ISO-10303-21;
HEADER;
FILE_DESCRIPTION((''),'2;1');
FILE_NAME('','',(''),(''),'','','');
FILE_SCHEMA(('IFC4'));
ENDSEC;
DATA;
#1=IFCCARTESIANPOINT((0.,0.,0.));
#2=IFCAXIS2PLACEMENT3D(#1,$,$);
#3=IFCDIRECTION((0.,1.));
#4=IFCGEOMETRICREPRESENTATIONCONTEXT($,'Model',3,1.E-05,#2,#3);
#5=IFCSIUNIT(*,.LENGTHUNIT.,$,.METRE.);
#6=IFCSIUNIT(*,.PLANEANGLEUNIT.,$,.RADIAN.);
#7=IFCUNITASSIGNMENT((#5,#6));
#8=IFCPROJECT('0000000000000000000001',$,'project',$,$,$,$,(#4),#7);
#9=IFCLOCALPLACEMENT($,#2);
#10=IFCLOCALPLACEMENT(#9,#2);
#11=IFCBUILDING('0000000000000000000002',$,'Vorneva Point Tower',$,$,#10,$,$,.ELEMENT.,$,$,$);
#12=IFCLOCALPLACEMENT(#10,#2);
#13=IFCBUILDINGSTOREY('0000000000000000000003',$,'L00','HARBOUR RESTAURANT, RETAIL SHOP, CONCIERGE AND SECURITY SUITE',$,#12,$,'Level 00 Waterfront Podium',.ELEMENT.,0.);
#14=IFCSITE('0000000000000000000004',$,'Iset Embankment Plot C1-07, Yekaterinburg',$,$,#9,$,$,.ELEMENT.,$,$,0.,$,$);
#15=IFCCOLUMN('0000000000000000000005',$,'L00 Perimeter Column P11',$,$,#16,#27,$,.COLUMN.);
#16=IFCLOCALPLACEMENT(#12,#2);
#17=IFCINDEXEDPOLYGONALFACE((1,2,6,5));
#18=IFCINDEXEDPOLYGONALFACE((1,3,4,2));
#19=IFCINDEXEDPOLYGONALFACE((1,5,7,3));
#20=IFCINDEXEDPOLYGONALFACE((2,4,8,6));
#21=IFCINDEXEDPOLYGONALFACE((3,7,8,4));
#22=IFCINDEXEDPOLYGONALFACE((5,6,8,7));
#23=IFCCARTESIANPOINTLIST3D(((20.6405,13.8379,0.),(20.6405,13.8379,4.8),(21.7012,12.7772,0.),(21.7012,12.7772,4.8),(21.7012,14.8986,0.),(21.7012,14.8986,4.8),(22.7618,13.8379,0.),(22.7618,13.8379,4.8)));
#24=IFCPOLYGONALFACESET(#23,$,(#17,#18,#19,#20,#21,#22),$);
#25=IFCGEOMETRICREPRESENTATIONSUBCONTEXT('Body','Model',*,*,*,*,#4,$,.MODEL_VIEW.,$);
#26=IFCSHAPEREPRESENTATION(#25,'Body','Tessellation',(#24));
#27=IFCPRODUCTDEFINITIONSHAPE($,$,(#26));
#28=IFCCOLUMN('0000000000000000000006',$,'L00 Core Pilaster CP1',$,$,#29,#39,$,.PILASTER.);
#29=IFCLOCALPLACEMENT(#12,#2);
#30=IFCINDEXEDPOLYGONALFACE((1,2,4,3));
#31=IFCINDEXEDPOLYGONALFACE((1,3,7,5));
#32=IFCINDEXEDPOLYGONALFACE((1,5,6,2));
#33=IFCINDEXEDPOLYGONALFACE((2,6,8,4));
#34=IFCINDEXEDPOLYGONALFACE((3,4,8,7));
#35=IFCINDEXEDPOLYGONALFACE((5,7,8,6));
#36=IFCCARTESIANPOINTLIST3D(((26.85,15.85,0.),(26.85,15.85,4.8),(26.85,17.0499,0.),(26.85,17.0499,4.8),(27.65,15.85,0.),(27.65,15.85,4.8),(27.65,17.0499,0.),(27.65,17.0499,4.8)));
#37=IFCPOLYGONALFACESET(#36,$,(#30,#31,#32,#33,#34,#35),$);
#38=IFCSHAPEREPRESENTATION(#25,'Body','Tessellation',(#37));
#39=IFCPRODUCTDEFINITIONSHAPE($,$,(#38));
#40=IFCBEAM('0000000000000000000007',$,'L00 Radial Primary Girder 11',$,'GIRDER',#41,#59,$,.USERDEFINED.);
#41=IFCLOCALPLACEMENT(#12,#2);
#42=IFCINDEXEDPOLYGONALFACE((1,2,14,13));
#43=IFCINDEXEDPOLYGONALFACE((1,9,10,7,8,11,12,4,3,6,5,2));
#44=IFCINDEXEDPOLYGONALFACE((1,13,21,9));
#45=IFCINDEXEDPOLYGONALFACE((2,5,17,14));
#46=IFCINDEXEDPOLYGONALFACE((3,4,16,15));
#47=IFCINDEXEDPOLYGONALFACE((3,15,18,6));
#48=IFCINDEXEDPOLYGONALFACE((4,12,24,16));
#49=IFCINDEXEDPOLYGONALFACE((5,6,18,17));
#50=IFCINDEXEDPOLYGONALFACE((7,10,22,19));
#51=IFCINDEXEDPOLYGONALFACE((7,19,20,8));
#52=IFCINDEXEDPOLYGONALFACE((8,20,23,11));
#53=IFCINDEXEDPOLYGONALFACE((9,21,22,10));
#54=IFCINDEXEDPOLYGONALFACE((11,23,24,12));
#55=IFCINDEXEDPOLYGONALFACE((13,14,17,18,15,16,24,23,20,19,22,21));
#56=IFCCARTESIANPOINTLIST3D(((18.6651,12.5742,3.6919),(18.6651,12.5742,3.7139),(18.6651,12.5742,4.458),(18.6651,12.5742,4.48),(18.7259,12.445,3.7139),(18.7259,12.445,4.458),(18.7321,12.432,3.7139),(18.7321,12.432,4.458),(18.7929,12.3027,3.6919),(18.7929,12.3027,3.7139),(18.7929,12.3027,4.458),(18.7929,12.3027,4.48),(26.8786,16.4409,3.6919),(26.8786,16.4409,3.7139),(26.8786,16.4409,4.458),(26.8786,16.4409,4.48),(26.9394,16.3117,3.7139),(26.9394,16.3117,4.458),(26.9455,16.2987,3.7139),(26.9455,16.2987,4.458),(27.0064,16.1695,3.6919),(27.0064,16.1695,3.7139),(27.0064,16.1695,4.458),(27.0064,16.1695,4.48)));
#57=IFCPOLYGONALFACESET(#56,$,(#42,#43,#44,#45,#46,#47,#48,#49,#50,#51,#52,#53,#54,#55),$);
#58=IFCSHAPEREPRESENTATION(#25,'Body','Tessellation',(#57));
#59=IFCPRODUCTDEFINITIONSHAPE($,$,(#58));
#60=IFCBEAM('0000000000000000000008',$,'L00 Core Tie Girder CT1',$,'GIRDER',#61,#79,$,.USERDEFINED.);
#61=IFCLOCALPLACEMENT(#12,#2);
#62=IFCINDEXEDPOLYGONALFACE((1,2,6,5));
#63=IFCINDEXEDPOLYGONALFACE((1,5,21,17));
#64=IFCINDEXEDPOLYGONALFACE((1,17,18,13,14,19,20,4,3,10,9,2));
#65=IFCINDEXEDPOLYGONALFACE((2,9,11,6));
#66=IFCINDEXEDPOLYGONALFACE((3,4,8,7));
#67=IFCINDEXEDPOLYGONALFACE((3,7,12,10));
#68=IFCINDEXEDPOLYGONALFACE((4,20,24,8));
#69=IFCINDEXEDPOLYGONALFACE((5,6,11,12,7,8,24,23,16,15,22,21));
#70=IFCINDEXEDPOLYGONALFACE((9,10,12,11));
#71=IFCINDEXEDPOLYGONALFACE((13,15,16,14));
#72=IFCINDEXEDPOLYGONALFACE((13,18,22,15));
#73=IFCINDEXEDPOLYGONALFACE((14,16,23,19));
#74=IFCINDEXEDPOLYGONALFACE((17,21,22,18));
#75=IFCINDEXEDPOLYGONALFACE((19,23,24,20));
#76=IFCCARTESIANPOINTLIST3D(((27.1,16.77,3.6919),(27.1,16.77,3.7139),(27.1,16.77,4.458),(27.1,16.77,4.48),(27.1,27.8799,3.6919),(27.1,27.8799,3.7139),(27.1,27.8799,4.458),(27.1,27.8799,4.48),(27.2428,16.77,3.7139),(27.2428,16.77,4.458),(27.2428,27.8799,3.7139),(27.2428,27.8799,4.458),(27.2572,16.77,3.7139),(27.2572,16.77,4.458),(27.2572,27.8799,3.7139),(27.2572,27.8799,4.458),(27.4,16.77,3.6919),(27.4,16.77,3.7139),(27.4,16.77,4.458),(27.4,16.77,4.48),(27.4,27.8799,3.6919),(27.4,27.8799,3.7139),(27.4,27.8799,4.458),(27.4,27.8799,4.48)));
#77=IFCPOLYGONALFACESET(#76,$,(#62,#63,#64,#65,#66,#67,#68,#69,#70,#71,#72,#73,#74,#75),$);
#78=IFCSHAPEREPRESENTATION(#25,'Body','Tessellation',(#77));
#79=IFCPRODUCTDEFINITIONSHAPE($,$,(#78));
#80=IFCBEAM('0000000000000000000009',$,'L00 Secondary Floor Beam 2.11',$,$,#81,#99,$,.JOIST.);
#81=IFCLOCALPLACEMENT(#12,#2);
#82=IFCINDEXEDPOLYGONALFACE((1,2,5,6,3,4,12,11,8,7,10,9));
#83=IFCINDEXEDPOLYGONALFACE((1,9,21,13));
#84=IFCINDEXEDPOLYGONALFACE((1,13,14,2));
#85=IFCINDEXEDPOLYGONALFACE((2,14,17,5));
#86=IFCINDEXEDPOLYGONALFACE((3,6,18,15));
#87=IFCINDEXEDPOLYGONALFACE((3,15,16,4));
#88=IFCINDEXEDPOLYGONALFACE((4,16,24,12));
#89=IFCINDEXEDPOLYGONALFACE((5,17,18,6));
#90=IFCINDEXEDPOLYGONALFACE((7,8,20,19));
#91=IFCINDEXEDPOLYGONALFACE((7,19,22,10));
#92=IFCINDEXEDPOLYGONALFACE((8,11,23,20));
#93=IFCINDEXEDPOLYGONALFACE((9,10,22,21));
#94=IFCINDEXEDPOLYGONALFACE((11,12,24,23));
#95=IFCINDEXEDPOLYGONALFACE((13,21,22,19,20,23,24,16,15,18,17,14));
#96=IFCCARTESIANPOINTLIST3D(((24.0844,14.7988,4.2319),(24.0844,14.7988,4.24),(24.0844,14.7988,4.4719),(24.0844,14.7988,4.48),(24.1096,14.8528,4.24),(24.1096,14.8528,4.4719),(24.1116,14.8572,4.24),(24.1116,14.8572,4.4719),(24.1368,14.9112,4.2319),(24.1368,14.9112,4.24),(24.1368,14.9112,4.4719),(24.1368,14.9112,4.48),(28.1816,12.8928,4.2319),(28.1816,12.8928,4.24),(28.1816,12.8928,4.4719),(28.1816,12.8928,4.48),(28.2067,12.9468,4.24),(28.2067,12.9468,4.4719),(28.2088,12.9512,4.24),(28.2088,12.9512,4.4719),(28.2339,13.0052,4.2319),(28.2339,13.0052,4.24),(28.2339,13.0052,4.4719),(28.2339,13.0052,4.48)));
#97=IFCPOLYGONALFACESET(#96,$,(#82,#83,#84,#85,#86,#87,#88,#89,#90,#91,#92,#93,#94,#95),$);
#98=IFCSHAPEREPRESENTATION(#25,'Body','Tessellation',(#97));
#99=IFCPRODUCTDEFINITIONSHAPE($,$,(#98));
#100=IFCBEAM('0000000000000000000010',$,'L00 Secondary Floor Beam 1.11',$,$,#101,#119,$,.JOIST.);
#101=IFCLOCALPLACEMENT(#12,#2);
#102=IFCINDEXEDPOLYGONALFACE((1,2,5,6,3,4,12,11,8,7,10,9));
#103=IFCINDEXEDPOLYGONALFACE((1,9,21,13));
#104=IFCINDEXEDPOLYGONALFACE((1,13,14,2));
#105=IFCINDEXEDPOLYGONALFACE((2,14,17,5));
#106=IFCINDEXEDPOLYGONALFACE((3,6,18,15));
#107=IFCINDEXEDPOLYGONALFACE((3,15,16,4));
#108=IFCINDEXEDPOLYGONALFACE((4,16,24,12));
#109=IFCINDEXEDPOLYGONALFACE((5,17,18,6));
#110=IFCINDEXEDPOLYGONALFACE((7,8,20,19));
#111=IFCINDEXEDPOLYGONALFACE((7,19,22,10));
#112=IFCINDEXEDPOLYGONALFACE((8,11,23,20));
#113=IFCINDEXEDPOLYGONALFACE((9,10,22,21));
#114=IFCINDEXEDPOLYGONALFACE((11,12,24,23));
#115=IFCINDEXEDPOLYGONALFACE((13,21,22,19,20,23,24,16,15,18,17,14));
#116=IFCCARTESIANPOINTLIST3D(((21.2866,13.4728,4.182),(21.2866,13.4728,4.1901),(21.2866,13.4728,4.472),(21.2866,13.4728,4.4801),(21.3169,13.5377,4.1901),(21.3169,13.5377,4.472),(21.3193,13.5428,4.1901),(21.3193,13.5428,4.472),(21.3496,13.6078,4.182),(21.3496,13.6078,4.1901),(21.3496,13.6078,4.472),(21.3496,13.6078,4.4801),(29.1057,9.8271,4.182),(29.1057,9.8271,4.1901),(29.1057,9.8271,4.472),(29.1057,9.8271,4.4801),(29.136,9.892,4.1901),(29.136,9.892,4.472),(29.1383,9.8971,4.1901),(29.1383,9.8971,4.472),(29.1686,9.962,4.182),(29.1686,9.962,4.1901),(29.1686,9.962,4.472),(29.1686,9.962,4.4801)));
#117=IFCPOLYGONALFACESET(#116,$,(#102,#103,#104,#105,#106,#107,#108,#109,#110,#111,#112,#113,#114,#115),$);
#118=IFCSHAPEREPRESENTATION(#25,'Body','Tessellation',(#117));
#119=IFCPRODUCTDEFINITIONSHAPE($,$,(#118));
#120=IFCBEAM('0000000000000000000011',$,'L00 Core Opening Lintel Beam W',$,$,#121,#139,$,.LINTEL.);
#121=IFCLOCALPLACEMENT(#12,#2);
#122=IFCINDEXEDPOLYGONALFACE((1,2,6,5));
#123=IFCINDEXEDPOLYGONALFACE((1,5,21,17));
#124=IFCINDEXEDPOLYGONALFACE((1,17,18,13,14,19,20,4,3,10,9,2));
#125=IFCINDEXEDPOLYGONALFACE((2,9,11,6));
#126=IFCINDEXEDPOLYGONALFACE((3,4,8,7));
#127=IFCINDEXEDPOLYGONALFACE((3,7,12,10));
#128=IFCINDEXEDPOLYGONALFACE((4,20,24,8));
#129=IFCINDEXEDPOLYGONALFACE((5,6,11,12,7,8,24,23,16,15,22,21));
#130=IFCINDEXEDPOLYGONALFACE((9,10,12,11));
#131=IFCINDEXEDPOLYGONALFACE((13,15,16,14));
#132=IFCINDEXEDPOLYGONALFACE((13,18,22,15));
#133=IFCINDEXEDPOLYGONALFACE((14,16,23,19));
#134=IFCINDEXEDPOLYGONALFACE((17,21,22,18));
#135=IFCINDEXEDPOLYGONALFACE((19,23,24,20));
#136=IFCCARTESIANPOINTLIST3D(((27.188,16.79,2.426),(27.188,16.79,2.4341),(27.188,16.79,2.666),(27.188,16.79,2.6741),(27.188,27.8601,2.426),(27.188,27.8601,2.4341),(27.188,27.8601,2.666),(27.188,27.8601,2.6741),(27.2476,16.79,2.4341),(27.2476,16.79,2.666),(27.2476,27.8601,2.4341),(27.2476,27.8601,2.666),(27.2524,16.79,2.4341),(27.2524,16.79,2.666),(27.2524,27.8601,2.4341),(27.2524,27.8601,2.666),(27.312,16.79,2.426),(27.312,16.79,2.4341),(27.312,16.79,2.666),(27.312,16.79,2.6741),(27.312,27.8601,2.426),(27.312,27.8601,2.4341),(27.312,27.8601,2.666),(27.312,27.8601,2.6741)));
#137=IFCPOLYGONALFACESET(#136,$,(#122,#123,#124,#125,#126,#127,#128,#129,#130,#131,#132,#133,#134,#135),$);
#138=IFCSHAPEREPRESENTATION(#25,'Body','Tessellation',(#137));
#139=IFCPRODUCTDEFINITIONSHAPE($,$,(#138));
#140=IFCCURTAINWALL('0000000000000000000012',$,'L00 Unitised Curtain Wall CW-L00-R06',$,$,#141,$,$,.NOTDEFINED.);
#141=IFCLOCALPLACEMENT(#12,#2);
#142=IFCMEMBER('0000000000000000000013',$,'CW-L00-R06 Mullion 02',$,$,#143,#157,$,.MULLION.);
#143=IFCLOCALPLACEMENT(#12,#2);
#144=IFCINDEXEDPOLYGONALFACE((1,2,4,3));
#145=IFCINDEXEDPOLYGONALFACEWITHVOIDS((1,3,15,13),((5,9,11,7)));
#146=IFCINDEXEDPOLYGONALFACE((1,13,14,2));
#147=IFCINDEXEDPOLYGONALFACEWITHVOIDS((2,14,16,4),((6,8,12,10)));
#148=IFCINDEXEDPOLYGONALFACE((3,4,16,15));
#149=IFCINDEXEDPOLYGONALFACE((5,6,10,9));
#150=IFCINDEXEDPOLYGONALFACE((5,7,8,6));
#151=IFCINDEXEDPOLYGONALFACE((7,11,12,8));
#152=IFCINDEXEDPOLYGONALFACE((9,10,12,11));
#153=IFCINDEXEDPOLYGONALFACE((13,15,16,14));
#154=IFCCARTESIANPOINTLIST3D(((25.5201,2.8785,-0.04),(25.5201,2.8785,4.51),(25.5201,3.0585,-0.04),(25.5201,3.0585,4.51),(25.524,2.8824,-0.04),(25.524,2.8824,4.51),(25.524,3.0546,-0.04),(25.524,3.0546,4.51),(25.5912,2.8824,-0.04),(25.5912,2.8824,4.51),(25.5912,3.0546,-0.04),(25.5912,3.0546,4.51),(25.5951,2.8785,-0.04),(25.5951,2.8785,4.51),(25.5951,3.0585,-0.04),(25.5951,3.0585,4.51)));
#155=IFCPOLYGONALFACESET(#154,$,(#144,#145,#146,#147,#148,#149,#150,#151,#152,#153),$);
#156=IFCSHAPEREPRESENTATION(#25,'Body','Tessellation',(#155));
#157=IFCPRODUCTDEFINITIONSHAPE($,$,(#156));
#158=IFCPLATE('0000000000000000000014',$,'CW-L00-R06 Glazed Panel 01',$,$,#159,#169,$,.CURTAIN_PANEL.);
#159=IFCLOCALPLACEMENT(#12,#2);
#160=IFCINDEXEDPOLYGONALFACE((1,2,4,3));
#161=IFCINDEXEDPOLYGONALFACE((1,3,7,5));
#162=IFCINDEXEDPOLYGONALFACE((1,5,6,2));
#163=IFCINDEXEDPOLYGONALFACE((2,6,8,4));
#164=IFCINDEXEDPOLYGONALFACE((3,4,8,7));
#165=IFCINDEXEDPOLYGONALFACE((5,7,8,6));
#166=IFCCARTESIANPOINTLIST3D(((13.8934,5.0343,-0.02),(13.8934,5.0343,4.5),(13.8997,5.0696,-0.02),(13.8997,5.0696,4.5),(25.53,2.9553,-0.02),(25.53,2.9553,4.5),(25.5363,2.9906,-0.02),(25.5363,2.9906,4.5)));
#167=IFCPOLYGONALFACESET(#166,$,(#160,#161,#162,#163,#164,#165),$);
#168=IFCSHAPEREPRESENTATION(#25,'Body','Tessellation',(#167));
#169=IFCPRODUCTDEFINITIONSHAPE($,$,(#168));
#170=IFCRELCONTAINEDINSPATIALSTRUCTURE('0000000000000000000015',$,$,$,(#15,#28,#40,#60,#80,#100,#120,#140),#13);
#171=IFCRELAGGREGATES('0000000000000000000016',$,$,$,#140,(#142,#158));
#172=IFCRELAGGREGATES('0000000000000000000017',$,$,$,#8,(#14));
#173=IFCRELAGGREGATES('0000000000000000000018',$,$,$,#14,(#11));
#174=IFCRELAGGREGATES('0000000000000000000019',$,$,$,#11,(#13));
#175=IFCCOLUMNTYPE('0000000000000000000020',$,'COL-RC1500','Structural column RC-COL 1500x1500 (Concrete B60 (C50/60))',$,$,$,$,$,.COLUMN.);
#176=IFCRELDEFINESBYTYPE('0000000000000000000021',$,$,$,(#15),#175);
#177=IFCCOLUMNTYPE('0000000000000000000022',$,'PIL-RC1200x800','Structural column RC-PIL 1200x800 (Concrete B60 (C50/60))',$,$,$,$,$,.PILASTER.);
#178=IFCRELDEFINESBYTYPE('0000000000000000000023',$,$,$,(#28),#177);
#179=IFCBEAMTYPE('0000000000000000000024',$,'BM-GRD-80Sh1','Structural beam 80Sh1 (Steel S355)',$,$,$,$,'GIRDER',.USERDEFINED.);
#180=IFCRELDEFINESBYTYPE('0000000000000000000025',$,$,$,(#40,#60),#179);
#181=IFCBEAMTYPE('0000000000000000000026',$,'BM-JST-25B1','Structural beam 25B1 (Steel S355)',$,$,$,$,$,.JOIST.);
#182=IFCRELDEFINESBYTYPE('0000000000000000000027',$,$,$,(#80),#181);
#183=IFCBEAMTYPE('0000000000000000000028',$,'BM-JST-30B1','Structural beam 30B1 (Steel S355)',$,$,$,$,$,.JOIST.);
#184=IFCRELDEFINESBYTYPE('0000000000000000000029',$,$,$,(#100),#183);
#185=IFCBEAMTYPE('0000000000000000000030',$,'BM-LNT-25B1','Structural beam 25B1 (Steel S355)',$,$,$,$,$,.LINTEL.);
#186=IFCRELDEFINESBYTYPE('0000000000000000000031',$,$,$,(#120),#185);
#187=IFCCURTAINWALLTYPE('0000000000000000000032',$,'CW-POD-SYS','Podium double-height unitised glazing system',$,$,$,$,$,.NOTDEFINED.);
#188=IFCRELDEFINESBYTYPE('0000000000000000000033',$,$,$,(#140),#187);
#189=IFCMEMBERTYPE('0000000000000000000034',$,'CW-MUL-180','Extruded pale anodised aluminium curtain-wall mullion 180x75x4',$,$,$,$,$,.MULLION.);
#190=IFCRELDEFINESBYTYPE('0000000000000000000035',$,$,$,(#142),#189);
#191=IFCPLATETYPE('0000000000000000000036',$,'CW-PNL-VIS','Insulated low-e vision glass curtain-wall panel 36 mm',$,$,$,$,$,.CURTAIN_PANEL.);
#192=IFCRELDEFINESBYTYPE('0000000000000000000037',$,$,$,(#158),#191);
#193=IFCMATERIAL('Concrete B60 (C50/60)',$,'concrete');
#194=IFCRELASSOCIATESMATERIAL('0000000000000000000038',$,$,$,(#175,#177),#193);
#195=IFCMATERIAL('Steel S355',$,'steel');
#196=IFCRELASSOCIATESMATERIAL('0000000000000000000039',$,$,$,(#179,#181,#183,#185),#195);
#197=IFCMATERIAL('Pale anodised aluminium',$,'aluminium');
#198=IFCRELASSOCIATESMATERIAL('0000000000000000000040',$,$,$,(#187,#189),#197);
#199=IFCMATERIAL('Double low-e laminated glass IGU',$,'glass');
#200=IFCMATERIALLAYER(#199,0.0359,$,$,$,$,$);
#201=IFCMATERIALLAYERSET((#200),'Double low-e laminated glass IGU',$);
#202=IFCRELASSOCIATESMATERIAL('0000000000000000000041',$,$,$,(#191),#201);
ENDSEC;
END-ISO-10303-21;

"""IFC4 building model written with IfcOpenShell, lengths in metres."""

from ifc_helpers import new_model, si_unit, direction, frame, origin, origin_2d, place, context, subcontext, project, spatial, rectangle, hollow_rectangle, i_section, extrude, material, layer, layer_set, material_profile, profile_set, type_object, element, aggregate, save


model = new_model("IFC4")

# Units and contexts
model_context = context("Model", 3, precision=1e-05, world=origin(), true_north=direction((0.0, 1.0)))
body_context = subcontext(model_context, "Body", "Model", "MODEL_VIEW")
ifc_project = project(units=[si_unit("LENGTHUNIT", "METRE"), si_unit("PLANEANGLEUNIT", "RADIAN")], contexts=[model_context])

# Site, building, storey
site_placement = place(None, origin())
site = spatial("IfcSite", under=ifc_project, at=site_placement, Name="Iset Embankment Plot C1-07, Yekaterinburg", CompositionType="ELEMENT", RefElevation=0.0)
building_placement = place(site_placement, origin())
building = spatial("IfcBuilding", under=site, at=building_placement, Name="Vorneva Point Tower", CompositionType="ELEMENT")
storey_placement = place(building_placement, origin())
storey = spatial("IfcBuildingStorey", under=building, at=storey_placement, Name="L00", Description="HARBOUR RESTAURANT, RETAIL SHOP, CONCIERGE AND SECURITY SUITE", LongName="Level 00 Waterfront Podium", CompositionType="ELEMENT", Elevation=0.0)

# Columns
ifc_material_1 = material(Name="Concrete B60 (C50/60)", Category="concrete")
ifc_material_profile_1 = material_profile(ifc_material_1, rectangle(XDim=1.5, YDim=1.5, at=origin_2d()), Name="RC-COL 1500x1500")
ifc_profile_set_1 = profile_set([ifc_material_profile_1], Name="Concrete B60 (C50/60)")
column_type_1 = type_object("IfcColumnType", Name="COL-RC1500", Description="Structural column RC-COL 1500x1500 (Concrete B60 (C50/60))", PredefinedType="COLUMN", material=ifc_profile_set_1)
column_1_placement = place(storey_placement, frame((21.7012, 13.8379, 0.0), z_axis=(0.0, 0.0, 1.0), x_axis=(-0.707107, -0.707107, 0.0)))
element("IfcColumn", 1, at=column_1_placement, inside=storey, type_object=column_type_1, Name="L00 Perimeter Column P11", PredefinedType="COLUMN", context=body_context, shape_type="SweptSolid", body=[
    extrude(rectangle(XDim=1.5, YDim=1.5, at=origin_2d()), origin(), (0.0, 0.0, 1.0), 4.8),
])
ifc_material_profile_2 = material_profile(ifc_material_1, rectangle(XDim=0.8, YDim=1.2, at=origin_2d()), Name="RC-PIL 1200x800")
ifc_profile_set_2 = profile_set([ifc_material_profile_2], Name="Concrete B60 (C50/60)")
column_type_2 = type_object("IfcColumnType", Name="PIL-RC1200x800", Description="Structural column RC-PIL 1200x800 (Concrete B60 (C50/60))", PredefinedType="PILASTER", material=ifc_profile_set_2)
column_2_placement = place(storey_placement, frame((27.25, 16.45, 0.0), z_axis=(0.0, 0.0, 1.0), x_axis=(1.0, 0.0, 0.0)))
element("IfcColumn", 2, at=column_2_placement, inside=storey, type_object=column_type_2, Name="L00 Core Pilaster CP1", PredefinedType="PILASTER", context=body_context, shape_type="SweptSolid", body=[
    extrude(rectangle(XDim=0.8, YDim=1.2, at=origin_2d()), origin(), (0.0, 0.0, 1.0), 4.8),
])

# Beams
ifc_material_2 = material(Name="Steel S355", Category="steel")
ifc_material_profile_3 = material_profile(ifc_material_2, i_section(OverallWidth=0.3, OverallDepth=0.7881, WebThickness=0.0144, FlangeThickness=0.022, at=origin_2d()), Name="80Sh1")
ifc_profile_set_3 = profile_set([ifc_material_profile_3], Name="Steel S355")
beam_type_1 = type_object("IfcBeamType", Name="BM-GRD-80Sh1", Description="Structural beam 80Sh1 (Steel S355)", ElementType="GIRDER", PredefinedType="USERDEFINED", material=ifc_profile_set_3)
beam_1_placement = place(storey_placement, frame((18.729, 12.4385, 4.0859), z_axis=(0.904752, 0.425939, 0.0), x_axis=(-0.425939, 0.904752, 0.0)))
element("IfcBeam", 3, at=beam_1_placement, inside=storey, type_object=beam_type_1, Name="L00 Radial Primary Girder 11", ObjectType="GIRDER", PredefinedType="USERDEFINED", context=body_context, shape_type="SweptSolid", body=[
    extrude(i_section(OverallWidth=0.3, OverallDepth=0.7881, WebThickness=0.0144, FlangeThickness=0.022, at=origin_2d()), origin(), (0.0, 0.0, 1.0), 9.0781),
])
beam_2_placement = place(storey_placement, frame((27.25, 16.77, 4.0859), z_axis=(0.0, 1.0, 0.0), x_axis=(-1.0, 0.0, 0.0)))
element("IfcBeam", 4, at=beam_2_placement, inside=storey, type_object=beam_type_1, Name="L00 Core Tie Girder CT1", ObjectType="GIRDER", PredefinedType="USERDEFINED", context=body_context, shape_type="SweptSolid", body=[
    extrude(i_section(OverallWidth=0.3, OverallDepth=0.7881, WebThickness=0.0144, FlangeThickness=0.022, at=origin_2d()), origin(), (0.0, 0.0, 1.0), 11.1099),
])
ifc_material_profile_4 = material_profile(ifc_material_2, i_section(OverallWidth=0.124, OverallDepth=0.248, WebThickness=0.0049, FlangeThickness=0.0081, at=origin_2d()), Name="25B1")
ifc_profile_set_4 = profile_set([ifc_material_profile_4], Name="Steel S355")
beam_type_2 = type_object("IfcBeamType", Name="BM-JST-25B1", Description="Structural beam 25B1 (Steel S355)", PredefinedType="JOIST", material=ifc_profile_set_4)
beam_3_placement = place(storey_placement, frame((24.1106, 14.855, 4.356), z_axis=(0.906692, -0.421794, 0.0), x_axis=(0.421794, 0.906692, 0.0)))
element("IfcBeam", 5, at=beam_3_placement, inside=storey, type_object=beam_type_2, Name="L00 Secondary Floor Beam 2.11", PredefinedType="JOIST", context=body_context, shape_type="SweptSolid", body=[
    extrude(i_section(OverallWidth=0.124, OverallDepth=0.248, WebThickness=0.0049, FlangeThickness=0.0081, at=origin_2d()), origin(), (0.0, 0.0, 1.0), 4.5188),
])
ifc_material_profile_5 = material_profile(ifc_material_2, i_section(OverallWidth=0.1489, OverallDepth=0.2981, WebThickness=0.0056, FlangeThickness=0.0081, at=origin_2d()), Name="30B1")
ifc_profile_set_5 = profile_set([ifc_material_profile_5], Name="Steel S355")
beam_type_3 = type_object("IfcBeamType", Name="BM-JST-30B1", Description="Structural beam 30B1 (Steel S355)", PredefinedType="JOIST", material=ifc_profile_set_5)
beam_4_placement = place(storey_placement, frame((21.3181, 13.5403, 4.3311), z_axis=(0.906323, -0.422585, 0.0), x_axis=(0.422585, 0.906323, 0.0)))
element("IfcBeam", 6, at=beam_4_placement, inside=storey, type_object=beam_type_3, Name="L00 Secondary Floor Beam 1.11", PredefinedType="JOIST", context=body_context, shape_type="SweptSolid", body=[
    extrude(i_section(OverallWidth=0.1489, OverallDepth=0.2981, WebThickness=0.0056, FlangeThickness=0.0081, at=origin_2d()), origin(), (0.0, 0.0, 1.0), 8.6272),
])
ifc_material_profile_6 = material_profile(ifc_material_2, i_section(OverallWidth=0.124, OverallDepth=0.248, WebThickness=0.0049, FlangeThickness=0.0081, at=origin_2d()), Name="25B1")
ifc_profile_set_6 = profile_set([ifc_material_profile_6], Name="Steel S355")
beam_type_4 = type_object("IfcBeamType", Name="BM-LNT-25B1", Description="Structural beam 25B1 (Steel S355)", PredefinedType="LINTEL", material=ifc_profile_set_6)
beam_5_placement = place(storey_placement, frame((27.25, 16.79, 2.55), z_axis=(0.0, 1.0, 0.0), x_axis=(-1.0, 0.0, 0.0)))
element("IfcBeam", 7, at=beam_5_placement, inside=storey, type_object=beam_type_4, Name="L00 Core Opening Lintel Beam W", PredefinedType="LINTEL", context=body_context, shape_type="SweptSolid", body=[
    extrude(i_section(OverallWidth=0.124, OverallDepth=0.248, WebThickness=0.0049, FlangeThickness=0.0081, at=origin_2d()), origin(), (0.0, 0.0, 1.0), 11.0701),
])

# Curtain wall, member, plate
ifc_material_3 = material(Name="Pale anodised aluminium", Category="aluminium")
curtain_wall_type = type_object("IfcCurtainWallType", Name="CW-POD-SYS", Description="Podium double-height unitised glazing system", PredefinedType="NOTDEFINED", material=ifc_material_3)
curtain_wall_placement = place(storey_placement, origin())
curtain_wall = element("IfcCurtainWall", 8, at=curtain_wall_placement, inside=storey, type_object=curtain_wall_type, Name="L00 Unitised Curtain Wall CW-L00-R06", PredefinedType="NOTDEFINED")
ifc_material_profile_7 = material_profile(ifc_material_3, hollow_rectangle(XDim=0.075, YDim=0.1799, WallThickness=0.0039, at=origin_2d()), Name="AL-MUL 180x75x4")
ifc_profile_set_7 = profile_set([ifc_material_profile_7], Name="Pale anodised aluminium")
member_type = type_object("IfcMemberType", Name="CW-MUL-180", Description="Extruded pale anodised aluminium curtain-wall mullion 180x75x4", PredefinedType="MULLION", material=ifc_profile_set_7)
member_placement = place(storey_placement, frame((25.5576, 2.9685, -0.04), z_axis=(0.0, 0.0, 1.0), x_axis=(1.0, 0.0, 0.0)))
member = element("IfcMember", 9, at=member_placement, type_object=member_type, Name="CW-L00-R06 Mullion 02", PredefinedType="MULLION", context=body_context, shape_type="SweptSolid", body=[
    extrude(hollow_rectangle(XDim=0.075, YDim=0.1799, WallThickness=0.0039, at=origin_2d()), origin(), (0.0, 0.0, 1.0), 4.55),
])
ifc_material_4 = material(Name="Double low-e laminated glass IGU", Category="glass")
ifc_layer_1 = layer(ifc_material_4, 0.0359)
ifc_layer_set_1 = layer_set([ifc_layer_1], Name="Double low-e laminated glass IGU")
plate_type = type_object("IfcPlateType", Name="CW-PNL-VIS", Description="Insulated low-e vision glass curtain-wall panel 36 mm", PredefinedType="CURTAIN_PANEL", material=ifc_layer_set_1)
plate_placement = place(storey_placement, frame((19.7148, 4.0125, -0.02), z_axis=(0.0, 0.0, 1.0), x_axis=(0.984411, -0.175882, 0.0)))
plate = element("IfcPlate", 10, at=plate_placement, type_object=plate_type, Name="CW-L00-R06 Glazed Panel 01", PredefinedType="CURTAIN_PANEL", context=body_context, shape_type="SweptSolid", body=[
    extrude(rectangle(XDim=11.8208, YDim=0.0359, at=origin_2d()), origin(), (0.0, 0.0, 1.0), 4.52),
])
aggregate(curtain_wall, [member, plate])

save(model, "model.ifc")
